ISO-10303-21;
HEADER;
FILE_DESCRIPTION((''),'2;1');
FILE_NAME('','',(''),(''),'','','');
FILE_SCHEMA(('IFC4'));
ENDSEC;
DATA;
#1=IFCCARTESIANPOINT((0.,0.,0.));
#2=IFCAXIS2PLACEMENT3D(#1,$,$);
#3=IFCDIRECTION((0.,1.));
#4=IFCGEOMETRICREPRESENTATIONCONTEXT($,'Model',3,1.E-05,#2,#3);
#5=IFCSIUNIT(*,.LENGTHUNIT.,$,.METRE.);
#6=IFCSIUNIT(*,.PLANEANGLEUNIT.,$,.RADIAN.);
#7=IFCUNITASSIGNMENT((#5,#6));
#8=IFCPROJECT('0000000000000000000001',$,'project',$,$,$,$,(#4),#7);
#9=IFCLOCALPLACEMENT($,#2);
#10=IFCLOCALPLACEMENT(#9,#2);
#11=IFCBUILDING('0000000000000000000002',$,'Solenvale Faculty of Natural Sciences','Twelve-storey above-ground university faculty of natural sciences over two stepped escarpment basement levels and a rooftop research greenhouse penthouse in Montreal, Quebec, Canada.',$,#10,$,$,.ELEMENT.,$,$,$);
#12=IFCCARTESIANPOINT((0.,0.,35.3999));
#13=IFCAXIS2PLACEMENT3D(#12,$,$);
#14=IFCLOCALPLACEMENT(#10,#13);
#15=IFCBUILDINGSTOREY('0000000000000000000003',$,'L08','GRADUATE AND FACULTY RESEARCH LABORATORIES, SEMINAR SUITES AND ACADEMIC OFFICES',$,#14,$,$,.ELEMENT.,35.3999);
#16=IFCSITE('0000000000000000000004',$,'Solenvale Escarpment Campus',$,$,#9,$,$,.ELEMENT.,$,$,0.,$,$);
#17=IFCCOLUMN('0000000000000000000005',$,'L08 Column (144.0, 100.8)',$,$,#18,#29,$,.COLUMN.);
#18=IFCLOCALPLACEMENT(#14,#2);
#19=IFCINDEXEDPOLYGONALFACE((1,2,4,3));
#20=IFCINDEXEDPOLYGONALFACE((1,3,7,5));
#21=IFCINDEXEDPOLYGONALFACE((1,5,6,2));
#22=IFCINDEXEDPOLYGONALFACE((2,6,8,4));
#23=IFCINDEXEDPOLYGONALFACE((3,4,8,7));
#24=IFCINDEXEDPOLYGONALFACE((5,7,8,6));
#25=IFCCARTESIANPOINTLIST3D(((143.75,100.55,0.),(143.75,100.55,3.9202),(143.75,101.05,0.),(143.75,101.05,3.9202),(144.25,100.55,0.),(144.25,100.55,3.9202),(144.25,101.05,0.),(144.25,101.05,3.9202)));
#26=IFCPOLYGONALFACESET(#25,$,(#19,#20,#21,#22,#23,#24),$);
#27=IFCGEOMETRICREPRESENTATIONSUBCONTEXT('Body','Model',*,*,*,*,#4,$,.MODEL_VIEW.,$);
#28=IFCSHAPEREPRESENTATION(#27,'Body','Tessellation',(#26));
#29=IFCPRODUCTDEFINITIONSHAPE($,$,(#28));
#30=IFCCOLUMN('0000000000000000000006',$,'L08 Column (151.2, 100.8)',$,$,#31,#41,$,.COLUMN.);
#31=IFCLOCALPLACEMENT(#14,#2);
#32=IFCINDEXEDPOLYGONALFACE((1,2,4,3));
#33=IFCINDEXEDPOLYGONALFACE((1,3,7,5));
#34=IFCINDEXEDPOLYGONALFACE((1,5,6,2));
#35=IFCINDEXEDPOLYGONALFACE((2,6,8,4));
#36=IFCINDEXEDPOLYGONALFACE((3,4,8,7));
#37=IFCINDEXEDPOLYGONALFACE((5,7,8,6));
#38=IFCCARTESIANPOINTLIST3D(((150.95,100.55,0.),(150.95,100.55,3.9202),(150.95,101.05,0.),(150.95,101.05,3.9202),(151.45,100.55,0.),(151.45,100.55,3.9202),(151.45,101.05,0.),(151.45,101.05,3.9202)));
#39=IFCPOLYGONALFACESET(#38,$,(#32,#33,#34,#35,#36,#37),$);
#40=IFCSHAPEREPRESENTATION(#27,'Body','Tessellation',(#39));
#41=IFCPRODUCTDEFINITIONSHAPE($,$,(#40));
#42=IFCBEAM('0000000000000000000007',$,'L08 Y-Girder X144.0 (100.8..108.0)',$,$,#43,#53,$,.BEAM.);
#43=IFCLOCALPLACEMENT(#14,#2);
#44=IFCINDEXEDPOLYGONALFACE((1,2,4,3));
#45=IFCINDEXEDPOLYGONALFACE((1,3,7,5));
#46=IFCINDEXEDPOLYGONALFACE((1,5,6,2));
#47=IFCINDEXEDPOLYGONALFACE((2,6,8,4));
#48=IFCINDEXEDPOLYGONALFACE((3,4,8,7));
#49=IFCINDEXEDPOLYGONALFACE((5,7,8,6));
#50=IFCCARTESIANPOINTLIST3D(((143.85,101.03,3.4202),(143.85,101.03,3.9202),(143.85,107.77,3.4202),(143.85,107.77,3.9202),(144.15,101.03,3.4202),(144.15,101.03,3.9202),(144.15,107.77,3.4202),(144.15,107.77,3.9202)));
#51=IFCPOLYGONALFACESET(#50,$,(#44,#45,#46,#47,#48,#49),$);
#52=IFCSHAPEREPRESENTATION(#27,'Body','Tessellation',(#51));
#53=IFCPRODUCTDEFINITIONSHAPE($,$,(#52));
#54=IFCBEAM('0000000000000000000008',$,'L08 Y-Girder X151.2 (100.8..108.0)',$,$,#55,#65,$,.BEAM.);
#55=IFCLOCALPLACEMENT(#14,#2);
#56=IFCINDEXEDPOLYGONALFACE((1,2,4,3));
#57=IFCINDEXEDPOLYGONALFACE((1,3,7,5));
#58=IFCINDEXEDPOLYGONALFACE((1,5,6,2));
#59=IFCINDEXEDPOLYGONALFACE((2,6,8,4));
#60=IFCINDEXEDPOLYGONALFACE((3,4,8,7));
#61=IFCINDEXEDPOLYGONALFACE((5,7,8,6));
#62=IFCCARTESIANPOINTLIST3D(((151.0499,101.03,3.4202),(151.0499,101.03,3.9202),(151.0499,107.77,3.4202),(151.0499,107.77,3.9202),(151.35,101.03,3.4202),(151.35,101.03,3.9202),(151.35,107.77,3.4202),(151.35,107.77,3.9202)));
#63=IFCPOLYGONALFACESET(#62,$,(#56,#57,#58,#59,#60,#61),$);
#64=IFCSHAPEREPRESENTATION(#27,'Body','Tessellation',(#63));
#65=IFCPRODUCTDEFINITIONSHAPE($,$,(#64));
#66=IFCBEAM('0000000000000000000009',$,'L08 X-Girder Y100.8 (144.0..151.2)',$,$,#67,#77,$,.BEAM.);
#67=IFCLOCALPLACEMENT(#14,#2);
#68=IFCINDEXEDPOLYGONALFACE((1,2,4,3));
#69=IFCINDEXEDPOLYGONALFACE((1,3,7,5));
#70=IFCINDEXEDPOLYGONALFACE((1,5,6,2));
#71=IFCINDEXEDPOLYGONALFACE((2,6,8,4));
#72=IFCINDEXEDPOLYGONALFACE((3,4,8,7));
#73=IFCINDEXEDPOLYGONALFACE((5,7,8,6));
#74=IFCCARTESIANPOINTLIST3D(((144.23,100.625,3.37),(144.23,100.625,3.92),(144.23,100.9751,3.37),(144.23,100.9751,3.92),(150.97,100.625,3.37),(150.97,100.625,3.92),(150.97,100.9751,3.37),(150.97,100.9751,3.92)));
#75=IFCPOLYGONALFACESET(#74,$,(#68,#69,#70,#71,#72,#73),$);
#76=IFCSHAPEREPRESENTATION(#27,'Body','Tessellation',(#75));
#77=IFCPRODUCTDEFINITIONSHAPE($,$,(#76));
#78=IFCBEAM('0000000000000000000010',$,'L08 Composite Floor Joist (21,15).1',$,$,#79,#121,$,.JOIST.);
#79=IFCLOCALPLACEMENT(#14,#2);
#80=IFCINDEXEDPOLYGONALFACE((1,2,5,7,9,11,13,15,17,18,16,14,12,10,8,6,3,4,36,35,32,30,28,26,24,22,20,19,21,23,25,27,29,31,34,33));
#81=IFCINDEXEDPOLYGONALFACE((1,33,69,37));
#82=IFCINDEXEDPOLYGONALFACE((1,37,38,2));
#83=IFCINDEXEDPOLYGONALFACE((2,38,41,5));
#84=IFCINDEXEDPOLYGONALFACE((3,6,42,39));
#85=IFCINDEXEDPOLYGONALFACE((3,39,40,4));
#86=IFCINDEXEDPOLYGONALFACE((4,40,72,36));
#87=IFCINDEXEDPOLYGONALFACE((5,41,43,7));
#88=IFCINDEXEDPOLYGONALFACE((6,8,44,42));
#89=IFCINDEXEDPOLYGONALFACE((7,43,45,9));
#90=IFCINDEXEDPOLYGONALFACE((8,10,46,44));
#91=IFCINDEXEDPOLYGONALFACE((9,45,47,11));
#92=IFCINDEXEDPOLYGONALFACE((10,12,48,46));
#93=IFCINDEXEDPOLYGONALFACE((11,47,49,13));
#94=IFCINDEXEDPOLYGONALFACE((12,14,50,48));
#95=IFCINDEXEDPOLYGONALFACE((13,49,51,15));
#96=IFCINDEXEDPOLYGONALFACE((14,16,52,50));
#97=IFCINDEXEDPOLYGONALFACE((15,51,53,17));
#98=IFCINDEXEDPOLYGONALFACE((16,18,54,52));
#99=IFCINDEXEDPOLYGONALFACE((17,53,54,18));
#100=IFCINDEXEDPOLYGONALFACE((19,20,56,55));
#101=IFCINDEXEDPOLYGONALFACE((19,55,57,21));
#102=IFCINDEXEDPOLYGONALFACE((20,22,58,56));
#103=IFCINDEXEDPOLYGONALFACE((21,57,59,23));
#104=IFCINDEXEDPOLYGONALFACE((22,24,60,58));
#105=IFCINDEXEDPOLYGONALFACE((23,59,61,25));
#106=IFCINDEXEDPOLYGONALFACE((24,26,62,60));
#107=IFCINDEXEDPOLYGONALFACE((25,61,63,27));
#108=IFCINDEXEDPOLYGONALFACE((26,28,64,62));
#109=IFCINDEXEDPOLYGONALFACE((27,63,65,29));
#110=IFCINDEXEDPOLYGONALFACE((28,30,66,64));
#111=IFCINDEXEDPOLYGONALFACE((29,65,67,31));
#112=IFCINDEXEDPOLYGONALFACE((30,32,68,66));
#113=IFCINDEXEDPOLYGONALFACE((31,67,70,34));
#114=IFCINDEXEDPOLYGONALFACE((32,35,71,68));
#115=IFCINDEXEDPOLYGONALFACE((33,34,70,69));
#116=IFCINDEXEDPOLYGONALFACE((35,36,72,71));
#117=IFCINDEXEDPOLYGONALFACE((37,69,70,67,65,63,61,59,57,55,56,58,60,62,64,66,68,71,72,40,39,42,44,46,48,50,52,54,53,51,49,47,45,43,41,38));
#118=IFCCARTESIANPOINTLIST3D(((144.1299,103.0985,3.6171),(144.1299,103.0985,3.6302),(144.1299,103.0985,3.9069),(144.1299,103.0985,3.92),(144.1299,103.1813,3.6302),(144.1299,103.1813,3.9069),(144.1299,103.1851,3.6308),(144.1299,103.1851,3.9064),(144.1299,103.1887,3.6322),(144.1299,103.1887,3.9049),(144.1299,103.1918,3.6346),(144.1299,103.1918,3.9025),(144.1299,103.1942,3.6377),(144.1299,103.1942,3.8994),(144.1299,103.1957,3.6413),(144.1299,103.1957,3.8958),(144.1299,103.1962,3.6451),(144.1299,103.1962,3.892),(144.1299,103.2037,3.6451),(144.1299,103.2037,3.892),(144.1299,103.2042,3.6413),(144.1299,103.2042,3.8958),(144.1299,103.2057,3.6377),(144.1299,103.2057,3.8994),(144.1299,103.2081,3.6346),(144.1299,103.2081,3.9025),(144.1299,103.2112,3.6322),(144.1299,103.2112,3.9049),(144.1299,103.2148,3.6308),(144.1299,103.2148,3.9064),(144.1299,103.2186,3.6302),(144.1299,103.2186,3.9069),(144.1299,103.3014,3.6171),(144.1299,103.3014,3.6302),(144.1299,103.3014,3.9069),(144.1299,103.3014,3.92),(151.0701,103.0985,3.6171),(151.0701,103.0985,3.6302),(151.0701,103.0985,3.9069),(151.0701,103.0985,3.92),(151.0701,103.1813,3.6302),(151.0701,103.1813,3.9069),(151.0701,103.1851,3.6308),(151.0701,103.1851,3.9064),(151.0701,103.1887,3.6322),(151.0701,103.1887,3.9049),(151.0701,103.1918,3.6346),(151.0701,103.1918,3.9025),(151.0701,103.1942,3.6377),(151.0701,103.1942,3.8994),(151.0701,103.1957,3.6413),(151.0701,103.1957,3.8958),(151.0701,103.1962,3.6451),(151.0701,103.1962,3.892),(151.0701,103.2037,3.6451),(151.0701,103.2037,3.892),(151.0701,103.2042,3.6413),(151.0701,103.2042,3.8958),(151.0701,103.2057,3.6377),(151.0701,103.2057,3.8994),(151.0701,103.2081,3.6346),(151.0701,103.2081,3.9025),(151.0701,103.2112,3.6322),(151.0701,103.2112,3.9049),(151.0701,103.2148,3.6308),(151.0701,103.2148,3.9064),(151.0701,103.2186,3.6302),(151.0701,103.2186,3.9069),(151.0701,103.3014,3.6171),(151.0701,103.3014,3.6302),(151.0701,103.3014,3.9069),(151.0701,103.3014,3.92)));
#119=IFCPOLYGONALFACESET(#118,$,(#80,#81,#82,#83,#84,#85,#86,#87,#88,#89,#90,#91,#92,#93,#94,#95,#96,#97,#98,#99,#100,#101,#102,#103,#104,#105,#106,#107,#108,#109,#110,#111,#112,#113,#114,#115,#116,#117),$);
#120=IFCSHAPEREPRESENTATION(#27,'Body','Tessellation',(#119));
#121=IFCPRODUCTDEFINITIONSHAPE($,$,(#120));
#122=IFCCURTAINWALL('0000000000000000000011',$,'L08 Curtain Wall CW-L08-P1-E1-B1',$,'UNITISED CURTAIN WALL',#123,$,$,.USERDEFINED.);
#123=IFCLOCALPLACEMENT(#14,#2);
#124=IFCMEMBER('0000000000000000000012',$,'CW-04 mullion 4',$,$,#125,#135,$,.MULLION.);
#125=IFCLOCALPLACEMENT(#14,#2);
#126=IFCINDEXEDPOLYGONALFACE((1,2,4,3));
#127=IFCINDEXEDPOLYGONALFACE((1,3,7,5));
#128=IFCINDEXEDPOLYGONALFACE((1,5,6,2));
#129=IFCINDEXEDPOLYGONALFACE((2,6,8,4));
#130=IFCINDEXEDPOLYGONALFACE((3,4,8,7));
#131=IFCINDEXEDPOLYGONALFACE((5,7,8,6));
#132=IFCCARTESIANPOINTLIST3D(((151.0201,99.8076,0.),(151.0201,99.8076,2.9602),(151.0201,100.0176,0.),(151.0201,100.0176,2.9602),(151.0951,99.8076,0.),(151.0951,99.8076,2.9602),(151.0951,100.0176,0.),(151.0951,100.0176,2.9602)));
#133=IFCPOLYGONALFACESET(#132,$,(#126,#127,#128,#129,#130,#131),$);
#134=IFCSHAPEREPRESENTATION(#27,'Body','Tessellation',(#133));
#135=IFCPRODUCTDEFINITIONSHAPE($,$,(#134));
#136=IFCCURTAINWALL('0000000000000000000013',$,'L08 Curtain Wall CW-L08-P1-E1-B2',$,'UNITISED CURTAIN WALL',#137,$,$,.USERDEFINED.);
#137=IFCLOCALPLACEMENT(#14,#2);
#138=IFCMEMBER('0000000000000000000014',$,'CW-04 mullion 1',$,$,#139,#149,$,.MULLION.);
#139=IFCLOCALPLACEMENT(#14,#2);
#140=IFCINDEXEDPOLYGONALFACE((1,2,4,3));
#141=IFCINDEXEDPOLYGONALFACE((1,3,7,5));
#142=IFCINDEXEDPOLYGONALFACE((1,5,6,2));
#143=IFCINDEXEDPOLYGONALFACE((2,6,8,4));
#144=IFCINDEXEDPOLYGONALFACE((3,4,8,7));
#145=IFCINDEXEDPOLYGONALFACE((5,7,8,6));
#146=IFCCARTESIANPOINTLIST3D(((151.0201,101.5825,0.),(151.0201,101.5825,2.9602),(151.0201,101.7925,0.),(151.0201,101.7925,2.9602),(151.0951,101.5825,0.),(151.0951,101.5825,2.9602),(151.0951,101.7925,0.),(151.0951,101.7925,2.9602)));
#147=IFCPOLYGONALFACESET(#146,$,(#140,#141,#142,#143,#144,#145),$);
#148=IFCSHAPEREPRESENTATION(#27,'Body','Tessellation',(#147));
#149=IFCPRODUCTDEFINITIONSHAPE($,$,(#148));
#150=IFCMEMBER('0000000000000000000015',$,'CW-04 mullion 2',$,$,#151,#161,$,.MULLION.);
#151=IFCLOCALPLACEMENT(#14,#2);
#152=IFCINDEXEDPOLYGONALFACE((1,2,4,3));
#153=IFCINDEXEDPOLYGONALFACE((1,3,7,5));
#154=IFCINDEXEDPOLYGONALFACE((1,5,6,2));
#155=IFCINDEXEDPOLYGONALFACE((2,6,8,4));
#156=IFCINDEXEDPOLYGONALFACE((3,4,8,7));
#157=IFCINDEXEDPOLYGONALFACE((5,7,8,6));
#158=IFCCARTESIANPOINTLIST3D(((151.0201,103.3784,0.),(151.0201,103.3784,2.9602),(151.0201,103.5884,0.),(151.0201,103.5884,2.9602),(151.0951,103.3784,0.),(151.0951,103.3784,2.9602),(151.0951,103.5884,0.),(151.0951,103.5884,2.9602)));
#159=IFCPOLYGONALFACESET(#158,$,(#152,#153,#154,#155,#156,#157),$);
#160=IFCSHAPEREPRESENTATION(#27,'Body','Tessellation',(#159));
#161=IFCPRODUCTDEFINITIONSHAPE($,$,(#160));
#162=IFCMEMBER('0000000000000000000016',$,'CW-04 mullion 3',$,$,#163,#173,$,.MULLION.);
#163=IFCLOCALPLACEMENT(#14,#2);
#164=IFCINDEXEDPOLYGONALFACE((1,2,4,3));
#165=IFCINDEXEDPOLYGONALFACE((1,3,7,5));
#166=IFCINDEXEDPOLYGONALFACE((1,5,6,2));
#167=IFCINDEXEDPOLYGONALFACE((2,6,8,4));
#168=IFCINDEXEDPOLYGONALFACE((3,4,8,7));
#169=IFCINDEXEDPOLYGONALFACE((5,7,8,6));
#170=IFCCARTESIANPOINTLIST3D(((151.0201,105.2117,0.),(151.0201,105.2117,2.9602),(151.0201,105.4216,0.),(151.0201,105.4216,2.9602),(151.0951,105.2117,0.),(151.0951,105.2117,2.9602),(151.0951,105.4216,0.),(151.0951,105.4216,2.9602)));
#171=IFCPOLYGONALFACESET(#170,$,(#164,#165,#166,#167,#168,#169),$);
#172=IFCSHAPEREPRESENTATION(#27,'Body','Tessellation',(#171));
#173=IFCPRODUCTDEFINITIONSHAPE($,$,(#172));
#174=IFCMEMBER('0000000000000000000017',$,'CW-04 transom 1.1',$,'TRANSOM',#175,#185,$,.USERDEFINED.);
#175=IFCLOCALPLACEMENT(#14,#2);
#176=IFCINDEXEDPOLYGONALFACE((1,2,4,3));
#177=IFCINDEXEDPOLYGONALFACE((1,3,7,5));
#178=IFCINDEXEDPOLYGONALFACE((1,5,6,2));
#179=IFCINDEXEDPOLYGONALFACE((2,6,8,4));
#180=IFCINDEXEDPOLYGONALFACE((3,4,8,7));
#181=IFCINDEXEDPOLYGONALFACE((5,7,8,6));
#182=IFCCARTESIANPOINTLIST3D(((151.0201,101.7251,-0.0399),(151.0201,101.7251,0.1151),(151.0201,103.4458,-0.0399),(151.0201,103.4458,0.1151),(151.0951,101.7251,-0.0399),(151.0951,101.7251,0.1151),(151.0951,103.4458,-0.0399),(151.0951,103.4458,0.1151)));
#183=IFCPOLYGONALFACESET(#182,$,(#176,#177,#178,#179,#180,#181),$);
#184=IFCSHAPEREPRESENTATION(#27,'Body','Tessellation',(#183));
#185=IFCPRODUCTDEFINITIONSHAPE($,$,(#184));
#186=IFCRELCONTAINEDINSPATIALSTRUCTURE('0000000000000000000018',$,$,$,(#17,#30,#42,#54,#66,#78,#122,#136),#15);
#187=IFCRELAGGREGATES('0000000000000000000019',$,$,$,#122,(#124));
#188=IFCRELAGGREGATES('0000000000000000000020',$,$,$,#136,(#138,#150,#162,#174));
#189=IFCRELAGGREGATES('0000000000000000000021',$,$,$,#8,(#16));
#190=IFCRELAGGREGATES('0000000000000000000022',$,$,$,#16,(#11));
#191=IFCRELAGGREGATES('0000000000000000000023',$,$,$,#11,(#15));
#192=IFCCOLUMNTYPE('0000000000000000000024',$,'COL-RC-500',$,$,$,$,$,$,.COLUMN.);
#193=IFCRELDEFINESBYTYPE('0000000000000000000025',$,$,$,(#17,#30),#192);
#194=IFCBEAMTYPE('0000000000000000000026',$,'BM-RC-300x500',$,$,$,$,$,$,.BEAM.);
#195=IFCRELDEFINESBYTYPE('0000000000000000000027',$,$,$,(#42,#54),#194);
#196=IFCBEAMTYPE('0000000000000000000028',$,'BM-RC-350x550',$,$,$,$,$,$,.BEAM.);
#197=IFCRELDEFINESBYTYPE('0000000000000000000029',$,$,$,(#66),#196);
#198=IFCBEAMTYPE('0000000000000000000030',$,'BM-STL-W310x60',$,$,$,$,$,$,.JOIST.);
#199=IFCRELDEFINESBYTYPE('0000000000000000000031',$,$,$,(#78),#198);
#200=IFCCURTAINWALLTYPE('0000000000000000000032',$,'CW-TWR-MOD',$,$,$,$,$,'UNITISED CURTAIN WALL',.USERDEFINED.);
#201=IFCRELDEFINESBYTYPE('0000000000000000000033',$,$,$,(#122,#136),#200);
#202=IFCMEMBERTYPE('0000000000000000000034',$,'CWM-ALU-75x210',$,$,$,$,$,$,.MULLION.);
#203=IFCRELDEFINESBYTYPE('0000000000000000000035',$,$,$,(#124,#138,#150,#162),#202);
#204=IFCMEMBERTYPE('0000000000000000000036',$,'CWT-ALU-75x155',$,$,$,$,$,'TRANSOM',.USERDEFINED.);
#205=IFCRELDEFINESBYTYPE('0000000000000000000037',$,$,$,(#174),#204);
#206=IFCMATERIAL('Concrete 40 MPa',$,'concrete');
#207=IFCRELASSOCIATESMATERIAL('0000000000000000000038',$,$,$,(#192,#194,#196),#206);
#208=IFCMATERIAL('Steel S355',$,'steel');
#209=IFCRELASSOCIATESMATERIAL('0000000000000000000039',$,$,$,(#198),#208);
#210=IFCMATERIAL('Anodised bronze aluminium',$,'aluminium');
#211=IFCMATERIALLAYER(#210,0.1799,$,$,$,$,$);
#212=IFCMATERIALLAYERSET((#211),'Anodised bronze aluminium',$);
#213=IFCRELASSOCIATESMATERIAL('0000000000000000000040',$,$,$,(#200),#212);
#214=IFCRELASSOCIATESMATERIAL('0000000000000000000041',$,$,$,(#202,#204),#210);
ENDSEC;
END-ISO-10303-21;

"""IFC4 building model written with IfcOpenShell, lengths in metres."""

from ifc_helpers import new_model, si_unit, direction, frame, origin, origin_2d, place, context, subcontext, project, spatial, rectangle, i_section, extrude, material, layer, layer_set, material_profile, profile_set, type_object, element, aggregate, save


model = new_model("IFC4")

# Units and contexts
model_context = context("Model", 3, precision=1e-05, world=origin(), true_north=direction((0.0, 1.0)))
body_context = subcontext(model_context, "Body", "Model", "MODEL_VIEW")
ifc_project = project(units=[si_unit("LENGTHUNIT", "METRE"), si_unit("PLANEANGLEUNIT", "RADIAN")], contexts=[model_context])

# Site, building, storey
site_placement = place(None, origin())
site = spatial("IfcSite", under=ifc_project, at=site_placement, Name="Solenvale Escarpment Campus", CompositionType="ELEMENT", RefElevation=0.0)
building_placement = place(site_placement, origin())
building = spatial("IfcBuilding", under=site, at=building_placement, Name="Solenvale Faculty of Natural Sciences", Description="Twelve-storey above-ground university faculty of natural sciences over two stepped escarpment basement levels and a rooftop research greenhouse penthouse in Montreal, Quebec, Canada.", CompositionType="ELEMENT")
storey_placement = place(building_placement, frame((0.0, 0.0, 35.3999)))
storey = spatial("IfcBuildingStorey", under=building, at=storey_placement, Name="L08", Description="GRADUATE AND FACULTY RESEARCH LABORATORIES, SEMINAR SUITES AND ACADEMIC OFFICES", CompositionType="ELEMENT", Elevation=35.3999)

# Columns
ifc_material_1 = material(Name="Concrete 40 MPa", Category="concrete")
ifc_material_profile_1 = material_profile(ifc_material_1, rectangle(XDim=0.5, YDim=0.5, at=origin_2d()), Name="RC-COL-500x500")
ifc_profile_set_1 = profile_set([ifc_material_profile_1], Name="Concrete 40 MPa")
column_type = type_object("IfcColumnType", Name="COL-RC-500", PredefinedType="COLUMN", material=ifc_profile_set_1)
for number, where, z_axis, x_axis, name in (
    (1, (144.0, 100.8, 0.0), (0.0, 0.0, 1.0), (1.0, 0.0, 0.0), "L08 Column (144.0, 100.8)"),
    (2, (151.2, 100.8, 0.0), (0.0, 0.0, 1.0), (1.0, 0.0, 0.0), "L08 Column (151.2, 100.8)"),
):
    element("IfcColumn", number, at=place(storey_placement, frame(where, z_axis=z_axis, x_axis=x_axis)), inside=storey, type_object=column_type, Name=name, PredefinedType="COLUMN", context=body_context, shape_type="SweptSolid", body=[
        extrude(rectangle(XDim=0.5, YDim=0.5, at=origin_2d()), origin(), (0.0, 0.0, 1.0), 3.9202),
    ])

# Beams
ifc_material_profile_2 = material_profile(ifc_material_1, rectangle(XDim=0.3, YDim=0.5, at=origin_2d()), Name="RC-BM-300x500")
ifc_profile_set_2 = profile_set([ifc_material_profile_2], Name="Concrete 40 MPa")
beam_type_1 = type_object("IfcBeamType", Name="BM-RC-300x500", PredefinedType="BEAM", material=ifc_profile_set_2)
for number, where, z_axis, x_axis, name in (
    (3, (144.0, 101.03, 3.6702), (0.0, 1.0, 0.0), (-1.0, 0.0, 0.0), "L08 Y-Girder X144.0 (100.8..108.0)"),
    (4, (151.2, 101.03, 3.6702), (0.0, 1.0, 0.0), (-1.0, 0.0, 0.0), "L08 Y-Girder X151.2 (100.8..108.0)"),
):
    element("IfcBeam", number, at=place(storey_placement, frame(where, z_axis=z_axis, x_axis=x_axis)), inside=storey, type_object=beam_type_1, Name=name, PredefinedType="BEAM", context=body_context, shape_type="SweptSolid", body=[
        extrude(rectangle(XDim=0.3, YDim=0.5, at=origin_2d()), origin(), (0.0, 0.0, 1.0), 6.74),
    ])
ifc_material_profile_3 = material_profile(ifc_material_1, rectangle(XDim=0.3501, YDim=0.55, at=origin_2d()), Name="RC-BM-350x550")
ifc_profile_set_3 = profile_set([ifc_material_profile_3], Name="Concrete 40 MPa")
beam_type_2 = type_object("IfcBeamType", Name="BM-RC-350x550", PredefinedType="BEAM", material=ifc_profile_set_3)
beam_1_placement = place(storey_placement, frame((144.23, 100.8, 3.645), z_axis=(1.0, 0.0, 0.0), x_axis=(0.0, 1.0, 0.0)))
element("IfcBeam", 5, at=beam_1_placement, inside=storey, type_object=beam_type_2, Name="L08 X-Girder Y100.8 (144.0..151.2)", PredefinedType="BEAM", context=body_context, shape_type="SweptSolid", body=[
    extrude(rectangle(XDim=0.3501, YDim=0.55, at=origin_2d()), origin(), (0.0, 0.0, 1.0), 6.74),
])
ifc_material_2 = material(Name="Steel S355", Category="steel")
ifc_material_profile_4 = material_profile(ifc_material_2, i_section(OverallWidth=0.2029, OverallDepth=0.303, WebThickness=0.0076, FlangeThickness=0.0132, FilletRadius=0.0149, at=origin_2d()), Name="W310x60")
ifc_profile_set_4 = profile_set([ifc_material_profile_4], Name="Steel S355")
beam_type_3 = type_object("IfcBeamType", Name="BM-STL-W310x60", PredefinedType="JOIST", material=ifc_profile_set_4)
beam_2_placement = place(storey_placement, frame((144.1299, 103.2, 3.7686), z_axis=(1.0, 0.0, 0.0), x_axis=(0.0, 1.0, 0.0)))
element("IfcBeam", 6, at=beam_2_placement, inside=storey, type_object=beam_type_3, Name="L08 Composite Floor Joist (21,15).1", PredefinedType="JOIST", context=body_context, shape_type="SweptSolid", body=[
    extrude(i_section(OverallWidth=0.2029, OverallDepth=0.303, WebThickness=0.0076, FlangeThickness=0.0132, FilletRadius=0.0149, at=origin_2d()), origin(), (0.0, 0.0, 1.0), 6.9402),
])

# Curtain wall, member
ifc_material_3 = material(Name="Anodised bronze aluminium", Category="aluminium")
ifc_layer_1 = layer(ifc_material_3, 0.1799)
ifc_layer_set_1 = layer_set([ifc_layer_1], Name="Anodised bronze aluminium")
curtain_wall_type = type_object("IfcCurtainWallType", Name="CW-TWR-MOD", ElementType="UNITISED CURTAIN WALL", PredefinedType="USERDEFINED", material=ifc_layer_set_1)
curtain_wall_1_placement = place(storey_placement, origin())
curtain_wall_1 = element("IfcCurtainWall", 7, at=curtain_wall_1_placement, inside=storey, type_object=curtain_wall_type, Name="L08 Curtain Wall CW-L08-P1-E1-B1", ObjectType="UNITISED CURTAIN WALL", PredefinedType="USERDEFINED")
ifc_material_profile_5 = material_profile(ifc_material_3, rectangle(XDim=0.075, YDim=0.21, at=origin_2d()), Name="ALU-MUL-75x210")
ifc_profile_set_5 = profile_set([ifc_material_profile_5], Name="Anodised bronze aluminium")
member_type_1 = type_object("IfcMemberType", Name="CWM-ALU-75x210", PredefinedType="MULLION", material=ifc_profile_set_5)
member_1_placement = place(storey_placement, frame((151.0576, 99.9126, 0.0), z_axis=(0.0, 0.0, 1.0), x_axis=(-1.0, 0.0, 0.0)))
member_1 = element("IfcMember", 8, at=member_1_placement, type_object=member_type_1, Name="CW-04 mullion 4", PredefinedType="MULLION", context=body_context, shape_type="SweptSolid", body=[
    extrude(rectangle(XDim=0.075, YDim=0.21, at=origin_2d()), origin(), (0.0, 0.0, 1.0), 2.9602),
])

# Curtain wall, members
curtain_wall_2_placement = place(storey_placement, origin())
curtain_wall_2 = element("IfcCurtainWall", 9, at=curtain_wall_2_placement, inside=storey, type_object=curtain_wall_type, Name="L08 Curtain Wall CW-L08-P1-E1-B2", ObjectType="UNITISED CURTAIN WALL", PredefinedType="USERDEFINED")
member_2_placement = place(storey_placement, frame((151.0576, 101.6875, 0.0), z_axis=(0.0, 0.0, 1.0), x_axis=(-1.0, 0.0, 0.0)))
member_2 = element("IfcMember", 10, at=member_2_placement, type_object=member_type_1, Name="CW-04 mullion 1", PredefinedType="MULLION", context=body_context, shape_type="SweptSolid", body=[
    extrude(rectangle(XDim=0.075, YDim=0.21, at=origin_2d()), origin(), (0.0, 0.0, 1.0), 2.9602),
])
member_3_placement = place(storey_placement, frame((151.0576, 103.4834, 0.0), z_axis=(0.0, 0.0, 1.0), x_axis=(-1.0, 0.0, 0.0)))
member_3 = element("IfcMember", 11, at=member_3_placement, type_object=member_type_1, Name="CW-04 mullion 2", PredefinedType="MULLION", context=body_context, shape_type="SweptSolid", body=[
    extrude(rectangle(XDim=0.075, YDim=0.21, at=origin_2d()), origin(), (0.0, 0.0, 1.0), 2.9602),
])
member_4_placement = place(storey_placement, frame((151.0576, 105.3167, 0.0), z_axis=(0.0, 0.0, 1.0), x_axis=(-1.0, 0.0, 0.0)))
member_4 = element("IfcMember", 12, at=member_4_placement, type_object=member_type_1, Name="CW-04 mullion 3", PredefinedType="MULLION", context=body_context, shape_type="SweptSolid", body=[
    extrude(rectangle(XDim=0.075, YDim=0.21, at=origin_2d()), origin(), (0.0, 0.0, 1.0), 2.9602),
])
ifc_material_profile_6 = material_profile(ifc_material_3, rectangle(XDim=0.075, YDim=0.155, at=origin_2d()), Name="ALU-TRN-75x155")
ifc_profile_set_6 = profile_set([ifc_material_profile_6], Name="Anodised bronze aluminium")
member_type_2 = type_object("IfcMemberType", Name="CWT-ALU-75x155", ElementType="TRANSOM", PredefinedType="USERDEFINED", material=ifc_profile_set_6)
member_5_placement = place(storey_placement, frame((151.0576, 101.7251, 0.0376), z_axis=(0.0, 1.0, 0.0), x_axis=(-1.0, 0.0, 0.0)))
member_5 = element("IfcMember", 13, at=member_5_placement, type_object=member_type_2, Name="CW-04 transom 1.1", ObjectType="TRANSOM", PredefinedType="USERDEFINED", context=body_context, shape_type="SweptSolid", body=[
    extrude(rectangle(XDim=0.075, YDim=0.155, at=origin_2d()), origin(), (0.0, 0.0, 1.0), 1.7207),
])

aggregate(curtain_wall_1, [member_1])
aggregate(curtain_wall_2, [member_2, member_3, member_4, member_5])

save(model, "model.ifc")
